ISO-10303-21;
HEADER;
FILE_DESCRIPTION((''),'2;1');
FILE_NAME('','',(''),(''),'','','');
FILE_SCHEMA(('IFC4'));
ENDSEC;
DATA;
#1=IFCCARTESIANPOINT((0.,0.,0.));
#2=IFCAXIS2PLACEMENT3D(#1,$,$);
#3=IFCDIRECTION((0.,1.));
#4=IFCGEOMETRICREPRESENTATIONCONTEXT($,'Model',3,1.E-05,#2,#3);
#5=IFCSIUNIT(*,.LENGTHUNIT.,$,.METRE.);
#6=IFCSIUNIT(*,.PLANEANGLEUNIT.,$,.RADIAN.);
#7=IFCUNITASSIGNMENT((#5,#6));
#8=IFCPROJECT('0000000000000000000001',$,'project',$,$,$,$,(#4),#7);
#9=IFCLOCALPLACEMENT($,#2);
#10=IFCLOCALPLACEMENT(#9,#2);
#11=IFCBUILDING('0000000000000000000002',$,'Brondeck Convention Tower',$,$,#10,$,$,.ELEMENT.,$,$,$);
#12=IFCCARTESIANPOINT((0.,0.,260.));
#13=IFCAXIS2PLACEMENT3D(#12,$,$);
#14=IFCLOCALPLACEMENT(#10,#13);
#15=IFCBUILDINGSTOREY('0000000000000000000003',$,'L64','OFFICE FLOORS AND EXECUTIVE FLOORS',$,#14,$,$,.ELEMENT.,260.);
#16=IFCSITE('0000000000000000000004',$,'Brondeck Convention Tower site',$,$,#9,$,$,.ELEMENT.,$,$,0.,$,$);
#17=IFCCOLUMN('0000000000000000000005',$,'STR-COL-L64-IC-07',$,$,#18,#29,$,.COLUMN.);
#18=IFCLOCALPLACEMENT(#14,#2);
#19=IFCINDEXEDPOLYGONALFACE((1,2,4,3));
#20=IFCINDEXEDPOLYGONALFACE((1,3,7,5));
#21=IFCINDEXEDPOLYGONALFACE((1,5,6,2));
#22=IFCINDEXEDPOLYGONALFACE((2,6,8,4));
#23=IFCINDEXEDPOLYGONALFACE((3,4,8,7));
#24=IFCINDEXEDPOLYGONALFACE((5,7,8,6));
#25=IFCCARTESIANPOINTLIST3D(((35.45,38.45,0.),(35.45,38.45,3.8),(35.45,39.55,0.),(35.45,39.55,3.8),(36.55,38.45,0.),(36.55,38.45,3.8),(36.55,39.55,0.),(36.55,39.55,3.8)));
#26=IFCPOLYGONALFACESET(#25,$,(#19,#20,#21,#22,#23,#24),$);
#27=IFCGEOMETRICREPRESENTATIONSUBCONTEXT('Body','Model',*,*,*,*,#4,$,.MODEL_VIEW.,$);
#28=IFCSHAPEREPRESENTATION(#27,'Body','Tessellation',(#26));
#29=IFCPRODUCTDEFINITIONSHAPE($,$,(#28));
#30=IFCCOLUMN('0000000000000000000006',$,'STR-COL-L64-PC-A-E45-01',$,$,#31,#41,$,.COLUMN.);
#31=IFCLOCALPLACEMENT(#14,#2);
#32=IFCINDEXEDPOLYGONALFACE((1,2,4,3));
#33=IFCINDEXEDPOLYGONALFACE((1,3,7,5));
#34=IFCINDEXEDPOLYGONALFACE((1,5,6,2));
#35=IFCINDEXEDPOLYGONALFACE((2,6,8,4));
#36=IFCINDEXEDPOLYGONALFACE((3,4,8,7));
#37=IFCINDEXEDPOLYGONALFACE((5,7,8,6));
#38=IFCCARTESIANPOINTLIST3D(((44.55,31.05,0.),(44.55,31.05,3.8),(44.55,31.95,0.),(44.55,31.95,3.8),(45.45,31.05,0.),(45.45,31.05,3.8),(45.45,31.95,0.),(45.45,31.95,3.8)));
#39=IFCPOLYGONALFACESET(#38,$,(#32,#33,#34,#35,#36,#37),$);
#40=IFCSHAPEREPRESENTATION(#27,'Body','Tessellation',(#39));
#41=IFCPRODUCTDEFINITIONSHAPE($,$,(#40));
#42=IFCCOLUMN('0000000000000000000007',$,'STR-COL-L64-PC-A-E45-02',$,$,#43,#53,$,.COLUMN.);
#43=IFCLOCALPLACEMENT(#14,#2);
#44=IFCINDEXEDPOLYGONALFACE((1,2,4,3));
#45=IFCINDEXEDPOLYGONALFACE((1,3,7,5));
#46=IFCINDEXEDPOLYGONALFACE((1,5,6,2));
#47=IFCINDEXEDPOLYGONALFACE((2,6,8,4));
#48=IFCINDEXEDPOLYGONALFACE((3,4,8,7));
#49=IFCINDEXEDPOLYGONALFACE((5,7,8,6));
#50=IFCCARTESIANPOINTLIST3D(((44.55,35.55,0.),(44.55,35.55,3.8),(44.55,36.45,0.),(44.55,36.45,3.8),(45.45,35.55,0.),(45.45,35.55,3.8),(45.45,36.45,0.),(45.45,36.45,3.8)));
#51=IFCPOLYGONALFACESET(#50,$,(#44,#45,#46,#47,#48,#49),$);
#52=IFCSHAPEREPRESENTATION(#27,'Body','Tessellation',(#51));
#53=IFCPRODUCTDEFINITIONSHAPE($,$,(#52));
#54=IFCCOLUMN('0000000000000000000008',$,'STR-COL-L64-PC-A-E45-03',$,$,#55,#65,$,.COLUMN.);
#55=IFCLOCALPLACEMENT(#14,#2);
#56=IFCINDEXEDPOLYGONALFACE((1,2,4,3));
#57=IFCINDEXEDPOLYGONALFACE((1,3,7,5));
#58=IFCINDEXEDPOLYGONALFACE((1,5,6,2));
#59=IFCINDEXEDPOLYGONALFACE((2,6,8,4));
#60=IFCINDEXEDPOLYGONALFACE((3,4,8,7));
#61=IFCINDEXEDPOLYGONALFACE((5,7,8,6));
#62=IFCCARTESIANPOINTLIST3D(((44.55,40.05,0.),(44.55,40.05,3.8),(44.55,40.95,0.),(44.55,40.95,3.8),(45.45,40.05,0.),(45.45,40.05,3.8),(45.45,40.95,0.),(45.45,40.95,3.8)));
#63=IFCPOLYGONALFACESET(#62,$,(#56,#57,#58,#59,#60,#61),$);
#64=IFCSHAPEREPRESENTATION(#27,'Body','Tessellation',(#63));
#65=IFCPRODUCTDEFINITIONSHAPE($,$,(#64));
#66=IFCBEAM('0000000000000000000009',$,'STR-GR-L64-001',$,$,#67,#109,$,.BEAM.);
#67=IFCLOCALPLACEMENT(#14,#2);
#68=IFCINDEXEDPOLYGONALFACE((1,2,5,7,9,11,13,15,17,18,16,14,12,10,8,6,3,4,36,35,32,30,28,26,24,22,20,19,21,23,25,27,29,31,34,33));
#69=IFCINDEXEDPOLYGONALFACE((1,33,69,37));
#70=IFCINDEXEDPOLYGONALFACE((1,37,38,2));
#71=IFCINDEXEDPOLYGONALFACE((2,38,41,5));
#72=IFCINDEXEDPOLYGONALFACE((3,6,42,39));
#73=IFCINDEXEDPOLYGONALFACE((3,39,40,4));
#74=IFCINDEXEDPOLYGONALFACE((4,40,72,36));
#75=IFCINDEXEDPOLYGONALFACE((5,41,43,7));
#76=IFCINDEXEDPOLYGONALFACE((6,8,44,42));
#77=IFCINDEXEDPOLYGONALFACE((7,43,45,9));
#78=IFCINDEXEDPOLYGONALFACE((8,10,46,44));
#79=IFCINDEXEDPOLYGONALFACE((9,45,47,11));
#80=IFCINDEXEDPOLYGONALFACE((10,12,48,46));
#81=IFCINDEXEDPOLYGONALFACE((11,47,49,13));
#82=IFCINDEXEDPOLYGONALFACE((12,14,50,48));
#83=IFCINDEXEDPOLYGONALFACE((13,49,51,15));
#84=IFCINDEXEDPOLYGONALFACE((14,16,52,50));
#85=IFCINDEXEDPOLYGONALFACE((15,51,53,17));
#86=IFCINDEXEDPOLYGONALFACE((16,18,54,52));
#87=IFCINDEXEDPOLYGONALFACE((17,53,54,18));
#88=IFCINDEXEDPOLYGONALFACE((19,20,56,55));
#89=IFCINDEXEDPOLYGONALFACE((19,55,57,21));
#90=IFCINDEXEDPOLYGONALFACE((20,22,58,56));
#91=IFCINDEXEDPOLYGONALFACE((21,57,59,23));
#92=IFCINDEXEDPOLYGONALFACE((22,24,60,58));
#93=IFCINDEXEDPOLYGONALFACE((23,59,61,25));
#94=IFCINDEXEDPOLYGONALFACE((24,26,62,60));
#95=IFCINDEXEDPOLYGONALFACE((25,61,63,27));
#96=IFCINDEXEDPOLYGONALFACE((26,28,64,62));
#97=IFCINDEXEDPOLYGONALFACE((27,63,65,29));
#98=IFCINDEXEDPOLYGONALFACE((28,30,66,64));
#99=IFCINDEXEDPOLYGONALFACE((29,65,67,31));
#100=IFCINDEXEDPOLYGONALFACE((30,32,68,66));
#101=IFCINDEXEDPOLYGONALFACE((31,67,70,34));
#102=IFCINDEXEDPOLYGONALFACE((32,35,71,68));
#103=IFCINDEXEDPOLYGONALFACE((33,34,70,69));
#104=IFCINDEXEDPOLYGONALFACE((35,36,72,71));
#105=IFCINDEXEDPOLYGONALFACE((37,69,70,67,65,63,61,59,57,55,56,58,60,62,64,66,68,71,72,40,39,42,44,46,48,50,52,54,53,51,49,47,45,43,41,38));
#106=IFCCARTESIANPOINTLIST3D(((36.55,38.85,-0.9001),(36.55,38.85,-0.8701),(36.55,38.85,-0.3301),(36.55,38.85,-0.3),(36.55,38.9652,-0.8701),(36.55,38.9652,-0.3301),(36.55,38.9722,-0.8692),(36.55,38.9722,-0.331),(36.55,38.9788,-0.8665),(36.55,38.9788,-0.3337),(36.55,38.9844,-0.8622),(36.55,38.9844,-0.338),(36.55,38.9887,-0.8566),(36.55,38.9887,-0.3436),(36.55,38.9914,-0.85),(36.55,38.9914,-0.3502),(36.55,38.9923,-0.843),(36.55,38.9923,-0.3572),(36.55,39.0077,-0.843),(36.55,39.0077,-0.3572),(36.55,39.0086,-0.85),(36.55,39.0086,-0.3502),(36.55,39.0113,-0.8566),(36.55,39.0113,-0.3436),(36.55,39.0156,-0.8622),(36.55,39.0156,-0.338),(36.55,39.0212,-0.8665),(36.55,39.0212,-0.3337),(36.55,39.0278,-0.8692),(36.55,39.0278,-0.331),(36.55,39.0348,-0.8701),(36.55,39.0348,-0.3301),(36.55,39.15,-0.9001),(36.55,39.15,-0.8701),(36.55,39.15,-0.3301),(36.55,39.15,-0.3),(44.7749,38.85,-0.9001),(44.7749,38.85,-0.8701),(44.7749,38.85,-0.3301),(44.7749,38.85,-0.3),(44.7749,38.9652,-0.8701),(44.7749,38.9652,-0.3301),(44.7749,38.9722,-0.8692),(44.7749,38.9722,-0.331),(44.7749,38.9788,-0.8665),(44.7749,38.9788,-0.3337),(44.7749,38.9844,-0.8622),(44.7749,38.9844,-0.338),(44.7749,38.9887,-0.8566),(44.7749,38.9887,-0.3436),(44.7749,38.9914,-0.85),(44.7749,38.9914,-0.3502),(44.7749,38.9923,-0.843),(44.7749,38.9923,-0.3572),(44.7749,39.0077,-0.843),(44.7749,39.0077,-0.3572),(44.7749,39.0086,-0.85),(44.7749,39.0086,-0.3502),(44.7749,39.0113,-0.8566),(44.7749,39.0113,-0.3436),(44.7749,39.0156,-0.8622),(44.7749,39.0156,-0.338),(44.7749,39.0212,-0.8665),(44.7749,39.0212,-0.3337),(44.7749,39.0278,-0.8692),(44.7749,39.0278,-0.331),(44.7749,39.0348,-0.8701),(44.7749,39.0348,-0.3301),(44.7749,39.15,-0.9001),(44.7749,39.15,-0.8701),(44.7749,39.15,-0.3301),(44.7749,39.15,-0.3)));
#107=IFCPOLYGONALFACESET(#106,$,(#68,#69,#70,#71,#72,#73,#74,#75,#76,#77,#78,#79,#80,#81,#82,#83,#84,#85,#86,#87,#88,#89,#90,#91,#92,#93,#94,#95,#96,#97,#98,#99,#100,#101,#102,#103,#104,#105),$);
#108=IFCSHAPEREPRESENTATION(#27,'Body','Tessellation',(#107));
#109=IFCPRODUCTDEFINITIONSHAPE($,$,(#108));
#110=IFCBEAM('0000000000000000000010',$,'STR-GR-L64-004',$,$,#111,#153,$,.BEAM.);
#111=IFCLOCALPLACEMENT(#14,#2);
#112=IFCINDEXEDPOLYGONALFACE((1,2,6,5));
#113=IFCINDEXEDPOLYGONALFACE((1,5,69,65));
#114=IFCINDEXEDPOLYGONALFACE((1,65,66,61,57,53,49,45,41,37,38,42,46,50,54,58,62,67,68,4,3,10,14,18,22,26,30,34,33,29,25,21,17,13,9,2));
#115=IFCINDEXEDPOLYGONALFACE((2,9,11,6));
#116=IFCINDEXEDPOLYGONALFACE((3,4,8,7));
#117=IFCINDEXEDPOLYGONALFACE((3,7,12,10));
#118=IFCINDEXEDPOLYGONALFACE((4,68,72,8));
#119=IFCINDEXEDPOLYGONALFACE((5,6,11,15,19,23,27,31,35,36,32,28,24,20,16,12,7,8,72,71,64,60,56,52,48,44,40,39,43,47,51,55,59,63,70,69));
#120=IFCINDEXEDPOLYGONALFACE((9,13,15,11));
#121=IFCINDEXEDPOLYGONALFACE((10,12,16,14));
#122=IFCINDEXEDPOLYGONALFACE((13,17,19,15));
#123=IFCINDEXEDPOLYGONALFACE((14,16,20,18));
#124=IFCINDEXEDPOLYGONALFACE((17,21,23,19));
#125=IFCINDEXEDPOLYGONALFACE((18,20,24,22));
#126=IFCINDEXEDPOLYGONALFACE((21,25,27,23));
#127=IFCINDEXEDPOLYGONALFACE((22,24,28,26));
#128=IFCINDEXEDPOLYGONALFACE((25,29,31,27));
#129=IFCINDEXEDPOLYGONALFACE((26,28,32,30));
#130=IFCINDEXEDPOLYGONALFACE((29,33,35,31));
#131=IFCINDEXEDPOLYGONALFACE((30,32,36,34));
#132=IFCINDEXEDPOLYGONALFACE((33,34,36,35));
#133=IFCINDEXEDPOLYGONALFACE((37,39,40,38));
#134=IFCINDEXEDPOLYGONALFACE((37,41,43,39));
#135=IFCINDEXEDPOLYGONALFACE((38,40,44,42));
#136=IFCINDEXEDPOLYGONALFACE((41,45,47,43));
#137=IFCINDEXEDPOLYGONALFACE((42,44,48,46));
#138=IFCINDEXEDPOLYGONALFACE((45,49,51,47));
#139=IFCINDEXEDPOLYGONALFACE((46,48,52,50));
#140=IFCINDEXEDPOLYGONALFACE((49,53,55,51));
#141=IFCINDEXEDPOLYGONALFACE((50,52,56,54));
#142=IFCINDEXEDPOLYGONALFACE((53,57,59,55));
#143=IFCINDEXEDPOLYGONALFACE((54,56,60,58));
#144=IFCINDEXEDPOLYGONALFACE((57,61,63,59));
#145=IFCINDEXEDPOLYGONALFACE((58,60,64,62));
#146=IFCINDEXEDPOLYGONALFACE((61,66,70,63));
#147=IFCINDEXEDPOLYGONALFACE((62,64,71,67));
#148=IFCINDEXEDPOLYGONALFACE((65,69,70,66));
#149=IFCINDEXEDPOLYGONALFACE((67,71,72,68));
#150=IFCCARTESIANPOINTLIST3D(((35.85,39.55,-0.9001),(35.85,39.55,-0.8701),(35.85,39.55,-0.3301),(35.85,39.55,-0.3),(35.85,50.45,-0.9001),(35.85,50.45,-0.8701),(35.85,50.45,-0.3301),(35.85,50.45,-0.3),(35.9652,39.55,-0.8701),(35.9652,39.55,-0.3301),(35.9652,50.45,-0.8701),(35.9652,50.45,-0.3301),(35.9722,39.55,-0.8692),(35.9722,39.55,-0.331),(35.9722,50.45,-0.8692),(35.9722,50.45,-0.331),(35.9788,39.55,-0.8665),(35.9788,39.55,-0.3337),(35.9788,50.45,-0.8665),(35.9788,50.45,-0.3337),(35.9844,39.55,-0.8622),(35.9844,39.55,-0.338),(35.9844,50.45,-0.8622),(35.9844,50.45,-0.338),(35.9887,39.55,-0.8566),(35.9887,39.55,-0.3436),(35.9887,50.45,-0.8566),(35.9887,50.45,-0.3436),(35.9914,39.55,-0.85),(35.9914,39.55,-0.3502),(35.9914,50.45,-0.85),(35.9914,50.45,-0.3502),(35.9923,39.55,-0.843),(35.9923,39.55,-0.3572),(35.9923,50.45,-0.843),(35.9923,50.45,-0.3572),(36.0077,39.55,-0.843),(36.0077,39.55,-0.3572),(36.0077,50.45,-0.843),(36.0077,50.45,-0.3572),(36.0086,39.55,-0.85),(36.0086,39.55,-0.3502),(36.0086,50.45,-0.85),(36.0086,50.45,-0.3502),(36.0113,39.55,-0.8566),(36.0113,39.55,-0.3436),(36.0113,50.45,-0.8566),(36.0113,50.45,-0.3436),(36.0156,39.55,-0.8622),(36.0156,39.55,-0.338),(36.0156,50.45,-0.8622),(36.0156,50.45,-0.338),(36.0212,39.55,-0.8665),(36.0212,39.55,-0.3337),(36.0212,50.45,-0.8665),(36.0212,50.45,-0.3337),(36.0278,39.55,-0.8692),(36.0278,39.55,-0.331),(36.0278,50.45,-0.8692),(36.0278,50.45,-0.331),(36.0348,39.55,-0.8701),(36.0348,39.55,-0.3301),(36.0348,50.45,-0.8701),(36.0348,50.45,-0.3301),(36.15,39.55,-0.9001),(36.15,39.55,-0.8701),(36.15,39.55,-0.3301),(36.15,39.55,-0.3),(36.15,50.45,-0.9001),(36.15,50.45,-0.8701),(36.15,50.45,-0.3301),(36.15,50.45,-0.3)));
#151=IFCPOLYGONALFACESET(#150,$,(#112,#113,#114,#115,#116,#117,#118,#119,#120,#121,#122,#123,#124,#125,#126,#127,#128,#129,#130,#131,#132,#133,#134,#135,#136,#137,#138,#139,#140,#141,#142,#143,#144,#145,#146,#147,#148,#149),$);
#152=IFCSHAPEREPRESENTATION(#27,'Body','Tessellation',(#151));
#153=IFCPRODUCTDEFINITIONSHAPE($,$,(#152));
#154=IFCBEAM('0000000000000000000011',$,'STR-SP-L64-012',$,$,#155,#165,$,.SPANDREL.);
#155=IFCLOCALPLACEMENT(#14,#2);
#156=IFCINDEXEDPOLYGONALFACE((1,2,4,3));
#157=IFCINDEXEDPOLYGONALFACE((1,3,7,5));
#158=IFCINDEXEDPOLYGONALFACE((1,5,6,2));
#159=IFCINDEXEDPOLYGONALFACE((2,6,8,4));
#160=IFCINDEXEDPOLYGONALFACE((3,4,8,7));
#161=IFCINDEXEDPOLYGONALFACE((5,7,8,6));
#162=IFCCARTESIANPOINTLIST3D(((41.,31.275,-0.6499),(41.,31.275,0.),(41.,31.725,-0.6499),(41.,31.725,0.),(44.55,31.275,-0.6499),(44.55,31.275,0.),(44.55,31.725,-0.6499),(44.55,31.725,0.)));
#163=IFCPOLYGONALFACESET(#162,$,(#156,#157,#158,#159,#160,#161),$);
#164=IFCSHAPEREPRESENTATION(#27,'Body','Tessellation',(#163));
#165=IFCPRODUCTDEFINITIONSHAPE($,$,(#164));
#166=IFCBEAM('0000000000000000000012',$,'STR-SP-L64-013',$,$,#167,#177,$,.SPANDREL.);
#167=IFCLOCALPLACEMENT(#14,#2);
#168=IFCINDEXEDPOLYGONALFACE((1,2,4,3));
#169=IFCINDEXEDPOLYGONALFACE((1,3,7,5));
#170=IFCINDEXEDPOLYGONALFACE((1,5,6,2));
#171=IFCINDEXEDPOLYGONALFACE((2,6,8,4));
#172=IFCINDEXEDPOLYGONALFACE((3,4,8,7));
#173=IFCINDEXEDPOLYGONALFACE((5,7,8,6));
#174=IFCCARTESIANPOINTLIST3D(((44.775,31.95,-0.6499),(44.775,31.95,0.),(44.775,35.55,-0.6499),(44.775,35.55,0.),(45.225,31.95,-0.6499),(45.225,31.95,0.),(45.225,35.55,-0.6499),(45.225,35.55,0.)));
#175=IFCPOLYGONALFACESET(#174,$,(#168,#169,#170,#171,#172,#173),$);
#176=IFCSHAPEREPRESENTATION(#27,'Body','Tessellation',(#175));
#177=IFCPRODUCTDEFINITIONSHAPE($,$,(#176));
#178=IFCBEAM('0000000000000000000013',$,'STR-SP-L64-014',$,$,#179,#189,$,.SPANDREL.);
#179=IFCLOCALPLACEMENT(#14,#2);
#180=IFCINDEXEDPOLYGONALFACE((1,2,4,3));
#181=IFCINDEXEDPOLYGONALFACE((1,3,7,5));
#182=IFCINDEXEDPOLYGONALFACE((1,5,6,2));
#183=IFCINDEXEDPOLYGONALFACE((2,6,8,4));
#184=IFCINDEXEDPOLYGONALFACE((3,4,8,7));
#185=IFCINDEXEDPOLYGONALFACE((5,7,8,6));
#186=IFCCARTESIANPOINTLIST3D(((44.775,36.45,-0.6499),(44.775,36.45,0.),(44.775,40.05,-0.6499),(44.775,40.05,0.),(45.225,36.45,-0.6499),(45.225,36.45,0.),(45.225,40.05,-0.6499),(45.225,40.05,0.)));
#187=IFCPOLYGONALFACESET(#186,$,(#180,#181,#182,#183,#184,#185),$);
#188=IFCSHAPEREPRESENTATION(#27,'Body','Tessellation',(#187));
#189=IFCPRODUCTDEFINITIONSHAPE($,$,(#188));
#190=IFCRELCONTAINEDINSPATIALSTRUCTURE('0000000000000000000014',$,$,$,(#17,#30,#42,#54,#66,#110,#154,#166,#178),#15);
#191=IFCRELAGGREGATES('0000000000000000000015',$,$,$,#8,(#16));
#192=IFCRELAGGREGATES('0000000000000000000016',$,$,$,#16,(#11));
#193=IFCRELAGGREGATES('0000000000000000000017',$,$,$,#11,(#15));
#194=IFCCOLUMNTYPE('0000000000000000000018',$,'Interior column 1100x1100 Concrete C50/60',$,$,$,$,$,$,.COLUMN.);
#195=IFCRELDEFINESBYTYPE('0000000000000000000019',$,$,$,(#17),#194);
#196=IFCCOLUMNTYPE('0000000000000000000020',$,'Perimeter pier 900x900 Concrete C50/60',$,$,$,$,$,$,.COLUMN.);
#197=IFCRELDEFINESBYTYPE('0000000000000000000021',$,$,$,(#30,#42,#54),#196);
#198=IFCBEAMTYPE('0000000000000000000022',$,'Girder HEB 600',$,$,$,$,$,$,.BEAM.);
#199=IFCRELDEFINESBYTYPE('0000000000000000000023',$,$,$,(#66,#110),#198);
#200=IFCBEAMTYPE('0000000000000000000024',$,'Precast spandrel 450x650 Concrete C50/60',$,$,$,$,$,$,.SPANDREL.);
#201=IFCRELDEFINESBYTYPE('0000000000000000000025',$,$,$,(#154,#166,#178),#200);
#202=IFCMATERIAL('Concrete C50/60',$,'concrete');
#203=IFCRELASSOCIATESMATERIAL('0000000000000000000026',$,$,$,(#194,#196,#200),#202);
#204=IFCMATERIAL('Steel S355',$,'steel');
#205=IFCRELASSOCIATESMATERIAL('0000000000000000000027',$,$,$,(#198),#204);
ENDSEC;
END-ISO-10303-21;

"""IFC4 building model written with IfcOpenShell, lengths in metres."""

from ifc_helpers import new_model, si_unit, direction, frame, origin, origin_2d, place, context, subcontext, project, spatial, rectangle, i_section, extrude, material, material_profile, profile_set, type_object, element, save


model = new_model("IFC4")

# Units and contexts
model_context = context("Model", 3, precision=1e-05, world=origin(), true_north=direction((0.0, 1.0)))
body_context = subcontext(model_context, "Body", "Model", "MODEL_VIEW")
ifc_project = project(units=[si_unit("LENGTHUNIT", "METRE"), si_unit("PLANEANGLEUNIT", "RADIAN")], contexts=[model_context])

# Site, building, storey
site_placement = place(None, origin())
site = spatial("IfcSite", under=ifc_project, at=site_placement, Name="Brondeck Convention Tower site", CompositionType="ELEMENT", RefElevation=0.0)
building_placement = place(site_placement, origin())
building = spatial("IfcBuilding", under=site, at=building_placement, Name="Brondeck Convention Tower", CompositionType="ELEMENT")
storey_placement = place(building_placement, frame((0.0, 0.0, 260.0)))
storey = spatial("IfcBuildingStorey", under=building, at=storey_placement, Name="L64", Description="OFFICE FLOORS AND EXECUTIVE FLOORS", CompositionType="ELEMENT", Elevation=260.0)

# Columns
ifc_material_1 = material(Name="Concrete C50/60", Category="concrete")
ifc_material_profile_1 = material_profile(ifc_material_1, rectangle(XDim=1.1001, YDim=1.1001, at=origin_2d()), Name="Interior column 1100x1100 Concrete C50/60")
ifc_profile_set_1 = profile_set([ifc_material_profile_1], Name="Concrete C50/60")
column_type_1 = type_object("IfcColumnType", Name="Interior column 1100x1100 Concrete C50/60", PredefinedType="COLUMN", material=ifc_profile_set_1)
column_placement = place(storey_placement, frame((36.0, 39.0, 0.0), z_axis=(0.0, 0.0, 1.0), x_axis=(1.0, 0.0, 0.0)))
element("IfcColumn", 1, at=column_placement, inside=storey, type_object=column_type_1, Name="STR-COL-L64-IC-07", PredefinedType="COLUMN", context=body_context, shape_type="SweptSolid", body=[
    extrude(rectangle(XDim=1.1001, YDim=1.1001, at=origin_2d()), origin(), (0.0, 0.0, 1.0), 3.8),
])
ifc_material_profile_2 = material_profile(ifc_material_1, rectangle(XDim=0.8999, YDim=0.8999, at=origin_2d()), Name="Perimeter pier 900x900 Concrete C50/60")
ifc_profile_set_2 = profile_set([ifc_material_profile_2], Name="Concrete C50/60")
column_type_2 = type_object("IfcColumnType", Name="Perimeter pier 900x900 Concrete C50/60", PredefinedType="COLUMN", material=ifc_profile_set_2)
for number, where, z_axis, x_axis, name in (
    (2, (45.0, 31.5, 0.0), (0.0, 0.0, 1.0), (0.0, 1.0, 0.0), "STR-COL-L64-PC-A-E45-01"),
    (3, (45.0, 36.0, 0.0), (0.0, 0.0, 1.0), (0.0, 1.0, 0.0), "STR-COL-L64-PC-A-E45-02"),
    (4, (45.0, 40.5, 0.0), (0.0, 0.0, 1.0), (0.0, 1.0, 0.0), "STR-COL-L64-PC-A-E45-03"),
):
    element("IfcColumn", number, at=place(storey_placement, frame(where, z_axis=z_axis, x_axis=x_axis)), inside=storey, type_object=column_type_2, Name=name, PredefinedType="COLUMN", context=body_context, shape_type="SweptSolid", body=[
        extrude(rectangle(XDim=0.8999, YDim=0.8999, at=origin_2d()), origin(), (0.0, 0.0, 1.0), 3.8),
    ])

# Beams
ifc_material_2 = material(Name="Steel S355", Category="steel")
ifc_material_profile_3 = material_profile(ifc_material_2, i_section(OverallWidth=0.3, OverallDepth=0.6001, WebThickness=0.0154, FlangeThickness=0.03, FilletRadius=0.0271, at=origin_2d()), Name="HEB 600")
ifc_profile_set_3 = profile_set([ifc_material_profile_3], Name="Steel S355")
beam_type_1 = type_object("IfcBeamType", Name="Girder HEB 600", PredefinedType="BEAM", material=ifc_profile_set_3)
beam_1_placement = place(storey_placement, frame((36.55, 39.0, -0.6001), z_axis=(1.0, 0.0, 0.0), x_axis=(0.0, 1.0, 0.0)))
element("IfcBeam", 5, at=beam_1_placement, inside=storey, type_object=beam_type_1, Name="STR-GR-L64-001", PredefinedType="BEAM", context=body_context, shape_type="SweptSolid", body=[
    extrude(i_section(OverallWidth=0.3, OverallDepth=0.6001, WebThickness=0.0154, FlangeThickness=0.03, FilletRadius=0.0271, at=origin_2d()), origin(), (0.0, 0.0, 1.0), 8.2249),
])
beam_2_placement = place(storey_placement, frame((36.0, 39.55, -0.6001), z_axis=(0.0, 1.0, 0.0), x_axis=(-1.0, 0.0, 0.0)))
element("IfcBeam", 6, at=beam_2_placement, inside=storey, type_object=beam_type_1, Name="STR-GR-L64-004", PredefinedType="BEAM", context=body_context, shape_type="SweptSolid", body=[
    extrude(i_section(OverallWidth=0.3, OverallDepth=0.6001, WebThickness=0.0154, FlangeThickness=0.03, FilletRadius=0.0271, at=origin_2d()), origin(), (0.0, 0.0, 1.0), 10.8999),
])
ifc_material_profile_4 = material_profile(ifc_material_1, rectangle(XDim=0.45, YDim=0.6499, at=origin_2d()), Name="Precast spandrel 450x650 Concrete C50/60")
ifc_profile_set_4 = profile_set([ifc_material_profile_4], Name="Concrete C50/60")
beam_type_2 = type_object("IfcBeamType", Name="Precast spandrel 450x650 Concrete C50/60", PredefinedType="SPANDREL", material=ifc_profile_set_4)
beam_3_placement = place(storey_placement, frame((41.0, 31.5, -0.325), z_axis=(1.0, 0.0, 0.0), x_axis=(0.0, 1.0, 0.0)))
element("IfcBeam", 7, at=beam_3_placement, inside=storey, type_object=beam_type_2, Name="STR-SP-L64-012", PredefinedType="SPANDREL", context=body_context, shape_type="SweptSolid", body=[
    extrude(rectangle(XDim=0.45, YDim=0.6499, at=origin_2d()), origin(), (0.0, 0.0, 1.0), 3.55),
])
for number, where, z_axis, x_axis, name in (
    (8, (45.0, 31.95, -0.325), (0.0, 1.0, 0.0), (-1.0, 0.0, 0.0), "STR-SP-L64-013"),
    (9, (45.0, 36.45, -0.325), (0.0, 1.0, 0.0), (-1.0, 0.0, 0.0), "STR-SP-L64-014"),
):
    element("IfcBeam", number, at=place(storey_placement, frame(where, z_axis=z_axis, x_axis=x_axis)), inside=storey, type_object=beam_type_2, Name=name, PredefinedType="SPANDREL", context=body_context, shape_type="SweptSolid", body=[
        extrude(rectangle(XDim=0.45, YDim=0.6499, at=origin_2d()), origin(), (0.0, 0.0, 1.0), 3.6001),
    ])

save(model, "model.ifc")
